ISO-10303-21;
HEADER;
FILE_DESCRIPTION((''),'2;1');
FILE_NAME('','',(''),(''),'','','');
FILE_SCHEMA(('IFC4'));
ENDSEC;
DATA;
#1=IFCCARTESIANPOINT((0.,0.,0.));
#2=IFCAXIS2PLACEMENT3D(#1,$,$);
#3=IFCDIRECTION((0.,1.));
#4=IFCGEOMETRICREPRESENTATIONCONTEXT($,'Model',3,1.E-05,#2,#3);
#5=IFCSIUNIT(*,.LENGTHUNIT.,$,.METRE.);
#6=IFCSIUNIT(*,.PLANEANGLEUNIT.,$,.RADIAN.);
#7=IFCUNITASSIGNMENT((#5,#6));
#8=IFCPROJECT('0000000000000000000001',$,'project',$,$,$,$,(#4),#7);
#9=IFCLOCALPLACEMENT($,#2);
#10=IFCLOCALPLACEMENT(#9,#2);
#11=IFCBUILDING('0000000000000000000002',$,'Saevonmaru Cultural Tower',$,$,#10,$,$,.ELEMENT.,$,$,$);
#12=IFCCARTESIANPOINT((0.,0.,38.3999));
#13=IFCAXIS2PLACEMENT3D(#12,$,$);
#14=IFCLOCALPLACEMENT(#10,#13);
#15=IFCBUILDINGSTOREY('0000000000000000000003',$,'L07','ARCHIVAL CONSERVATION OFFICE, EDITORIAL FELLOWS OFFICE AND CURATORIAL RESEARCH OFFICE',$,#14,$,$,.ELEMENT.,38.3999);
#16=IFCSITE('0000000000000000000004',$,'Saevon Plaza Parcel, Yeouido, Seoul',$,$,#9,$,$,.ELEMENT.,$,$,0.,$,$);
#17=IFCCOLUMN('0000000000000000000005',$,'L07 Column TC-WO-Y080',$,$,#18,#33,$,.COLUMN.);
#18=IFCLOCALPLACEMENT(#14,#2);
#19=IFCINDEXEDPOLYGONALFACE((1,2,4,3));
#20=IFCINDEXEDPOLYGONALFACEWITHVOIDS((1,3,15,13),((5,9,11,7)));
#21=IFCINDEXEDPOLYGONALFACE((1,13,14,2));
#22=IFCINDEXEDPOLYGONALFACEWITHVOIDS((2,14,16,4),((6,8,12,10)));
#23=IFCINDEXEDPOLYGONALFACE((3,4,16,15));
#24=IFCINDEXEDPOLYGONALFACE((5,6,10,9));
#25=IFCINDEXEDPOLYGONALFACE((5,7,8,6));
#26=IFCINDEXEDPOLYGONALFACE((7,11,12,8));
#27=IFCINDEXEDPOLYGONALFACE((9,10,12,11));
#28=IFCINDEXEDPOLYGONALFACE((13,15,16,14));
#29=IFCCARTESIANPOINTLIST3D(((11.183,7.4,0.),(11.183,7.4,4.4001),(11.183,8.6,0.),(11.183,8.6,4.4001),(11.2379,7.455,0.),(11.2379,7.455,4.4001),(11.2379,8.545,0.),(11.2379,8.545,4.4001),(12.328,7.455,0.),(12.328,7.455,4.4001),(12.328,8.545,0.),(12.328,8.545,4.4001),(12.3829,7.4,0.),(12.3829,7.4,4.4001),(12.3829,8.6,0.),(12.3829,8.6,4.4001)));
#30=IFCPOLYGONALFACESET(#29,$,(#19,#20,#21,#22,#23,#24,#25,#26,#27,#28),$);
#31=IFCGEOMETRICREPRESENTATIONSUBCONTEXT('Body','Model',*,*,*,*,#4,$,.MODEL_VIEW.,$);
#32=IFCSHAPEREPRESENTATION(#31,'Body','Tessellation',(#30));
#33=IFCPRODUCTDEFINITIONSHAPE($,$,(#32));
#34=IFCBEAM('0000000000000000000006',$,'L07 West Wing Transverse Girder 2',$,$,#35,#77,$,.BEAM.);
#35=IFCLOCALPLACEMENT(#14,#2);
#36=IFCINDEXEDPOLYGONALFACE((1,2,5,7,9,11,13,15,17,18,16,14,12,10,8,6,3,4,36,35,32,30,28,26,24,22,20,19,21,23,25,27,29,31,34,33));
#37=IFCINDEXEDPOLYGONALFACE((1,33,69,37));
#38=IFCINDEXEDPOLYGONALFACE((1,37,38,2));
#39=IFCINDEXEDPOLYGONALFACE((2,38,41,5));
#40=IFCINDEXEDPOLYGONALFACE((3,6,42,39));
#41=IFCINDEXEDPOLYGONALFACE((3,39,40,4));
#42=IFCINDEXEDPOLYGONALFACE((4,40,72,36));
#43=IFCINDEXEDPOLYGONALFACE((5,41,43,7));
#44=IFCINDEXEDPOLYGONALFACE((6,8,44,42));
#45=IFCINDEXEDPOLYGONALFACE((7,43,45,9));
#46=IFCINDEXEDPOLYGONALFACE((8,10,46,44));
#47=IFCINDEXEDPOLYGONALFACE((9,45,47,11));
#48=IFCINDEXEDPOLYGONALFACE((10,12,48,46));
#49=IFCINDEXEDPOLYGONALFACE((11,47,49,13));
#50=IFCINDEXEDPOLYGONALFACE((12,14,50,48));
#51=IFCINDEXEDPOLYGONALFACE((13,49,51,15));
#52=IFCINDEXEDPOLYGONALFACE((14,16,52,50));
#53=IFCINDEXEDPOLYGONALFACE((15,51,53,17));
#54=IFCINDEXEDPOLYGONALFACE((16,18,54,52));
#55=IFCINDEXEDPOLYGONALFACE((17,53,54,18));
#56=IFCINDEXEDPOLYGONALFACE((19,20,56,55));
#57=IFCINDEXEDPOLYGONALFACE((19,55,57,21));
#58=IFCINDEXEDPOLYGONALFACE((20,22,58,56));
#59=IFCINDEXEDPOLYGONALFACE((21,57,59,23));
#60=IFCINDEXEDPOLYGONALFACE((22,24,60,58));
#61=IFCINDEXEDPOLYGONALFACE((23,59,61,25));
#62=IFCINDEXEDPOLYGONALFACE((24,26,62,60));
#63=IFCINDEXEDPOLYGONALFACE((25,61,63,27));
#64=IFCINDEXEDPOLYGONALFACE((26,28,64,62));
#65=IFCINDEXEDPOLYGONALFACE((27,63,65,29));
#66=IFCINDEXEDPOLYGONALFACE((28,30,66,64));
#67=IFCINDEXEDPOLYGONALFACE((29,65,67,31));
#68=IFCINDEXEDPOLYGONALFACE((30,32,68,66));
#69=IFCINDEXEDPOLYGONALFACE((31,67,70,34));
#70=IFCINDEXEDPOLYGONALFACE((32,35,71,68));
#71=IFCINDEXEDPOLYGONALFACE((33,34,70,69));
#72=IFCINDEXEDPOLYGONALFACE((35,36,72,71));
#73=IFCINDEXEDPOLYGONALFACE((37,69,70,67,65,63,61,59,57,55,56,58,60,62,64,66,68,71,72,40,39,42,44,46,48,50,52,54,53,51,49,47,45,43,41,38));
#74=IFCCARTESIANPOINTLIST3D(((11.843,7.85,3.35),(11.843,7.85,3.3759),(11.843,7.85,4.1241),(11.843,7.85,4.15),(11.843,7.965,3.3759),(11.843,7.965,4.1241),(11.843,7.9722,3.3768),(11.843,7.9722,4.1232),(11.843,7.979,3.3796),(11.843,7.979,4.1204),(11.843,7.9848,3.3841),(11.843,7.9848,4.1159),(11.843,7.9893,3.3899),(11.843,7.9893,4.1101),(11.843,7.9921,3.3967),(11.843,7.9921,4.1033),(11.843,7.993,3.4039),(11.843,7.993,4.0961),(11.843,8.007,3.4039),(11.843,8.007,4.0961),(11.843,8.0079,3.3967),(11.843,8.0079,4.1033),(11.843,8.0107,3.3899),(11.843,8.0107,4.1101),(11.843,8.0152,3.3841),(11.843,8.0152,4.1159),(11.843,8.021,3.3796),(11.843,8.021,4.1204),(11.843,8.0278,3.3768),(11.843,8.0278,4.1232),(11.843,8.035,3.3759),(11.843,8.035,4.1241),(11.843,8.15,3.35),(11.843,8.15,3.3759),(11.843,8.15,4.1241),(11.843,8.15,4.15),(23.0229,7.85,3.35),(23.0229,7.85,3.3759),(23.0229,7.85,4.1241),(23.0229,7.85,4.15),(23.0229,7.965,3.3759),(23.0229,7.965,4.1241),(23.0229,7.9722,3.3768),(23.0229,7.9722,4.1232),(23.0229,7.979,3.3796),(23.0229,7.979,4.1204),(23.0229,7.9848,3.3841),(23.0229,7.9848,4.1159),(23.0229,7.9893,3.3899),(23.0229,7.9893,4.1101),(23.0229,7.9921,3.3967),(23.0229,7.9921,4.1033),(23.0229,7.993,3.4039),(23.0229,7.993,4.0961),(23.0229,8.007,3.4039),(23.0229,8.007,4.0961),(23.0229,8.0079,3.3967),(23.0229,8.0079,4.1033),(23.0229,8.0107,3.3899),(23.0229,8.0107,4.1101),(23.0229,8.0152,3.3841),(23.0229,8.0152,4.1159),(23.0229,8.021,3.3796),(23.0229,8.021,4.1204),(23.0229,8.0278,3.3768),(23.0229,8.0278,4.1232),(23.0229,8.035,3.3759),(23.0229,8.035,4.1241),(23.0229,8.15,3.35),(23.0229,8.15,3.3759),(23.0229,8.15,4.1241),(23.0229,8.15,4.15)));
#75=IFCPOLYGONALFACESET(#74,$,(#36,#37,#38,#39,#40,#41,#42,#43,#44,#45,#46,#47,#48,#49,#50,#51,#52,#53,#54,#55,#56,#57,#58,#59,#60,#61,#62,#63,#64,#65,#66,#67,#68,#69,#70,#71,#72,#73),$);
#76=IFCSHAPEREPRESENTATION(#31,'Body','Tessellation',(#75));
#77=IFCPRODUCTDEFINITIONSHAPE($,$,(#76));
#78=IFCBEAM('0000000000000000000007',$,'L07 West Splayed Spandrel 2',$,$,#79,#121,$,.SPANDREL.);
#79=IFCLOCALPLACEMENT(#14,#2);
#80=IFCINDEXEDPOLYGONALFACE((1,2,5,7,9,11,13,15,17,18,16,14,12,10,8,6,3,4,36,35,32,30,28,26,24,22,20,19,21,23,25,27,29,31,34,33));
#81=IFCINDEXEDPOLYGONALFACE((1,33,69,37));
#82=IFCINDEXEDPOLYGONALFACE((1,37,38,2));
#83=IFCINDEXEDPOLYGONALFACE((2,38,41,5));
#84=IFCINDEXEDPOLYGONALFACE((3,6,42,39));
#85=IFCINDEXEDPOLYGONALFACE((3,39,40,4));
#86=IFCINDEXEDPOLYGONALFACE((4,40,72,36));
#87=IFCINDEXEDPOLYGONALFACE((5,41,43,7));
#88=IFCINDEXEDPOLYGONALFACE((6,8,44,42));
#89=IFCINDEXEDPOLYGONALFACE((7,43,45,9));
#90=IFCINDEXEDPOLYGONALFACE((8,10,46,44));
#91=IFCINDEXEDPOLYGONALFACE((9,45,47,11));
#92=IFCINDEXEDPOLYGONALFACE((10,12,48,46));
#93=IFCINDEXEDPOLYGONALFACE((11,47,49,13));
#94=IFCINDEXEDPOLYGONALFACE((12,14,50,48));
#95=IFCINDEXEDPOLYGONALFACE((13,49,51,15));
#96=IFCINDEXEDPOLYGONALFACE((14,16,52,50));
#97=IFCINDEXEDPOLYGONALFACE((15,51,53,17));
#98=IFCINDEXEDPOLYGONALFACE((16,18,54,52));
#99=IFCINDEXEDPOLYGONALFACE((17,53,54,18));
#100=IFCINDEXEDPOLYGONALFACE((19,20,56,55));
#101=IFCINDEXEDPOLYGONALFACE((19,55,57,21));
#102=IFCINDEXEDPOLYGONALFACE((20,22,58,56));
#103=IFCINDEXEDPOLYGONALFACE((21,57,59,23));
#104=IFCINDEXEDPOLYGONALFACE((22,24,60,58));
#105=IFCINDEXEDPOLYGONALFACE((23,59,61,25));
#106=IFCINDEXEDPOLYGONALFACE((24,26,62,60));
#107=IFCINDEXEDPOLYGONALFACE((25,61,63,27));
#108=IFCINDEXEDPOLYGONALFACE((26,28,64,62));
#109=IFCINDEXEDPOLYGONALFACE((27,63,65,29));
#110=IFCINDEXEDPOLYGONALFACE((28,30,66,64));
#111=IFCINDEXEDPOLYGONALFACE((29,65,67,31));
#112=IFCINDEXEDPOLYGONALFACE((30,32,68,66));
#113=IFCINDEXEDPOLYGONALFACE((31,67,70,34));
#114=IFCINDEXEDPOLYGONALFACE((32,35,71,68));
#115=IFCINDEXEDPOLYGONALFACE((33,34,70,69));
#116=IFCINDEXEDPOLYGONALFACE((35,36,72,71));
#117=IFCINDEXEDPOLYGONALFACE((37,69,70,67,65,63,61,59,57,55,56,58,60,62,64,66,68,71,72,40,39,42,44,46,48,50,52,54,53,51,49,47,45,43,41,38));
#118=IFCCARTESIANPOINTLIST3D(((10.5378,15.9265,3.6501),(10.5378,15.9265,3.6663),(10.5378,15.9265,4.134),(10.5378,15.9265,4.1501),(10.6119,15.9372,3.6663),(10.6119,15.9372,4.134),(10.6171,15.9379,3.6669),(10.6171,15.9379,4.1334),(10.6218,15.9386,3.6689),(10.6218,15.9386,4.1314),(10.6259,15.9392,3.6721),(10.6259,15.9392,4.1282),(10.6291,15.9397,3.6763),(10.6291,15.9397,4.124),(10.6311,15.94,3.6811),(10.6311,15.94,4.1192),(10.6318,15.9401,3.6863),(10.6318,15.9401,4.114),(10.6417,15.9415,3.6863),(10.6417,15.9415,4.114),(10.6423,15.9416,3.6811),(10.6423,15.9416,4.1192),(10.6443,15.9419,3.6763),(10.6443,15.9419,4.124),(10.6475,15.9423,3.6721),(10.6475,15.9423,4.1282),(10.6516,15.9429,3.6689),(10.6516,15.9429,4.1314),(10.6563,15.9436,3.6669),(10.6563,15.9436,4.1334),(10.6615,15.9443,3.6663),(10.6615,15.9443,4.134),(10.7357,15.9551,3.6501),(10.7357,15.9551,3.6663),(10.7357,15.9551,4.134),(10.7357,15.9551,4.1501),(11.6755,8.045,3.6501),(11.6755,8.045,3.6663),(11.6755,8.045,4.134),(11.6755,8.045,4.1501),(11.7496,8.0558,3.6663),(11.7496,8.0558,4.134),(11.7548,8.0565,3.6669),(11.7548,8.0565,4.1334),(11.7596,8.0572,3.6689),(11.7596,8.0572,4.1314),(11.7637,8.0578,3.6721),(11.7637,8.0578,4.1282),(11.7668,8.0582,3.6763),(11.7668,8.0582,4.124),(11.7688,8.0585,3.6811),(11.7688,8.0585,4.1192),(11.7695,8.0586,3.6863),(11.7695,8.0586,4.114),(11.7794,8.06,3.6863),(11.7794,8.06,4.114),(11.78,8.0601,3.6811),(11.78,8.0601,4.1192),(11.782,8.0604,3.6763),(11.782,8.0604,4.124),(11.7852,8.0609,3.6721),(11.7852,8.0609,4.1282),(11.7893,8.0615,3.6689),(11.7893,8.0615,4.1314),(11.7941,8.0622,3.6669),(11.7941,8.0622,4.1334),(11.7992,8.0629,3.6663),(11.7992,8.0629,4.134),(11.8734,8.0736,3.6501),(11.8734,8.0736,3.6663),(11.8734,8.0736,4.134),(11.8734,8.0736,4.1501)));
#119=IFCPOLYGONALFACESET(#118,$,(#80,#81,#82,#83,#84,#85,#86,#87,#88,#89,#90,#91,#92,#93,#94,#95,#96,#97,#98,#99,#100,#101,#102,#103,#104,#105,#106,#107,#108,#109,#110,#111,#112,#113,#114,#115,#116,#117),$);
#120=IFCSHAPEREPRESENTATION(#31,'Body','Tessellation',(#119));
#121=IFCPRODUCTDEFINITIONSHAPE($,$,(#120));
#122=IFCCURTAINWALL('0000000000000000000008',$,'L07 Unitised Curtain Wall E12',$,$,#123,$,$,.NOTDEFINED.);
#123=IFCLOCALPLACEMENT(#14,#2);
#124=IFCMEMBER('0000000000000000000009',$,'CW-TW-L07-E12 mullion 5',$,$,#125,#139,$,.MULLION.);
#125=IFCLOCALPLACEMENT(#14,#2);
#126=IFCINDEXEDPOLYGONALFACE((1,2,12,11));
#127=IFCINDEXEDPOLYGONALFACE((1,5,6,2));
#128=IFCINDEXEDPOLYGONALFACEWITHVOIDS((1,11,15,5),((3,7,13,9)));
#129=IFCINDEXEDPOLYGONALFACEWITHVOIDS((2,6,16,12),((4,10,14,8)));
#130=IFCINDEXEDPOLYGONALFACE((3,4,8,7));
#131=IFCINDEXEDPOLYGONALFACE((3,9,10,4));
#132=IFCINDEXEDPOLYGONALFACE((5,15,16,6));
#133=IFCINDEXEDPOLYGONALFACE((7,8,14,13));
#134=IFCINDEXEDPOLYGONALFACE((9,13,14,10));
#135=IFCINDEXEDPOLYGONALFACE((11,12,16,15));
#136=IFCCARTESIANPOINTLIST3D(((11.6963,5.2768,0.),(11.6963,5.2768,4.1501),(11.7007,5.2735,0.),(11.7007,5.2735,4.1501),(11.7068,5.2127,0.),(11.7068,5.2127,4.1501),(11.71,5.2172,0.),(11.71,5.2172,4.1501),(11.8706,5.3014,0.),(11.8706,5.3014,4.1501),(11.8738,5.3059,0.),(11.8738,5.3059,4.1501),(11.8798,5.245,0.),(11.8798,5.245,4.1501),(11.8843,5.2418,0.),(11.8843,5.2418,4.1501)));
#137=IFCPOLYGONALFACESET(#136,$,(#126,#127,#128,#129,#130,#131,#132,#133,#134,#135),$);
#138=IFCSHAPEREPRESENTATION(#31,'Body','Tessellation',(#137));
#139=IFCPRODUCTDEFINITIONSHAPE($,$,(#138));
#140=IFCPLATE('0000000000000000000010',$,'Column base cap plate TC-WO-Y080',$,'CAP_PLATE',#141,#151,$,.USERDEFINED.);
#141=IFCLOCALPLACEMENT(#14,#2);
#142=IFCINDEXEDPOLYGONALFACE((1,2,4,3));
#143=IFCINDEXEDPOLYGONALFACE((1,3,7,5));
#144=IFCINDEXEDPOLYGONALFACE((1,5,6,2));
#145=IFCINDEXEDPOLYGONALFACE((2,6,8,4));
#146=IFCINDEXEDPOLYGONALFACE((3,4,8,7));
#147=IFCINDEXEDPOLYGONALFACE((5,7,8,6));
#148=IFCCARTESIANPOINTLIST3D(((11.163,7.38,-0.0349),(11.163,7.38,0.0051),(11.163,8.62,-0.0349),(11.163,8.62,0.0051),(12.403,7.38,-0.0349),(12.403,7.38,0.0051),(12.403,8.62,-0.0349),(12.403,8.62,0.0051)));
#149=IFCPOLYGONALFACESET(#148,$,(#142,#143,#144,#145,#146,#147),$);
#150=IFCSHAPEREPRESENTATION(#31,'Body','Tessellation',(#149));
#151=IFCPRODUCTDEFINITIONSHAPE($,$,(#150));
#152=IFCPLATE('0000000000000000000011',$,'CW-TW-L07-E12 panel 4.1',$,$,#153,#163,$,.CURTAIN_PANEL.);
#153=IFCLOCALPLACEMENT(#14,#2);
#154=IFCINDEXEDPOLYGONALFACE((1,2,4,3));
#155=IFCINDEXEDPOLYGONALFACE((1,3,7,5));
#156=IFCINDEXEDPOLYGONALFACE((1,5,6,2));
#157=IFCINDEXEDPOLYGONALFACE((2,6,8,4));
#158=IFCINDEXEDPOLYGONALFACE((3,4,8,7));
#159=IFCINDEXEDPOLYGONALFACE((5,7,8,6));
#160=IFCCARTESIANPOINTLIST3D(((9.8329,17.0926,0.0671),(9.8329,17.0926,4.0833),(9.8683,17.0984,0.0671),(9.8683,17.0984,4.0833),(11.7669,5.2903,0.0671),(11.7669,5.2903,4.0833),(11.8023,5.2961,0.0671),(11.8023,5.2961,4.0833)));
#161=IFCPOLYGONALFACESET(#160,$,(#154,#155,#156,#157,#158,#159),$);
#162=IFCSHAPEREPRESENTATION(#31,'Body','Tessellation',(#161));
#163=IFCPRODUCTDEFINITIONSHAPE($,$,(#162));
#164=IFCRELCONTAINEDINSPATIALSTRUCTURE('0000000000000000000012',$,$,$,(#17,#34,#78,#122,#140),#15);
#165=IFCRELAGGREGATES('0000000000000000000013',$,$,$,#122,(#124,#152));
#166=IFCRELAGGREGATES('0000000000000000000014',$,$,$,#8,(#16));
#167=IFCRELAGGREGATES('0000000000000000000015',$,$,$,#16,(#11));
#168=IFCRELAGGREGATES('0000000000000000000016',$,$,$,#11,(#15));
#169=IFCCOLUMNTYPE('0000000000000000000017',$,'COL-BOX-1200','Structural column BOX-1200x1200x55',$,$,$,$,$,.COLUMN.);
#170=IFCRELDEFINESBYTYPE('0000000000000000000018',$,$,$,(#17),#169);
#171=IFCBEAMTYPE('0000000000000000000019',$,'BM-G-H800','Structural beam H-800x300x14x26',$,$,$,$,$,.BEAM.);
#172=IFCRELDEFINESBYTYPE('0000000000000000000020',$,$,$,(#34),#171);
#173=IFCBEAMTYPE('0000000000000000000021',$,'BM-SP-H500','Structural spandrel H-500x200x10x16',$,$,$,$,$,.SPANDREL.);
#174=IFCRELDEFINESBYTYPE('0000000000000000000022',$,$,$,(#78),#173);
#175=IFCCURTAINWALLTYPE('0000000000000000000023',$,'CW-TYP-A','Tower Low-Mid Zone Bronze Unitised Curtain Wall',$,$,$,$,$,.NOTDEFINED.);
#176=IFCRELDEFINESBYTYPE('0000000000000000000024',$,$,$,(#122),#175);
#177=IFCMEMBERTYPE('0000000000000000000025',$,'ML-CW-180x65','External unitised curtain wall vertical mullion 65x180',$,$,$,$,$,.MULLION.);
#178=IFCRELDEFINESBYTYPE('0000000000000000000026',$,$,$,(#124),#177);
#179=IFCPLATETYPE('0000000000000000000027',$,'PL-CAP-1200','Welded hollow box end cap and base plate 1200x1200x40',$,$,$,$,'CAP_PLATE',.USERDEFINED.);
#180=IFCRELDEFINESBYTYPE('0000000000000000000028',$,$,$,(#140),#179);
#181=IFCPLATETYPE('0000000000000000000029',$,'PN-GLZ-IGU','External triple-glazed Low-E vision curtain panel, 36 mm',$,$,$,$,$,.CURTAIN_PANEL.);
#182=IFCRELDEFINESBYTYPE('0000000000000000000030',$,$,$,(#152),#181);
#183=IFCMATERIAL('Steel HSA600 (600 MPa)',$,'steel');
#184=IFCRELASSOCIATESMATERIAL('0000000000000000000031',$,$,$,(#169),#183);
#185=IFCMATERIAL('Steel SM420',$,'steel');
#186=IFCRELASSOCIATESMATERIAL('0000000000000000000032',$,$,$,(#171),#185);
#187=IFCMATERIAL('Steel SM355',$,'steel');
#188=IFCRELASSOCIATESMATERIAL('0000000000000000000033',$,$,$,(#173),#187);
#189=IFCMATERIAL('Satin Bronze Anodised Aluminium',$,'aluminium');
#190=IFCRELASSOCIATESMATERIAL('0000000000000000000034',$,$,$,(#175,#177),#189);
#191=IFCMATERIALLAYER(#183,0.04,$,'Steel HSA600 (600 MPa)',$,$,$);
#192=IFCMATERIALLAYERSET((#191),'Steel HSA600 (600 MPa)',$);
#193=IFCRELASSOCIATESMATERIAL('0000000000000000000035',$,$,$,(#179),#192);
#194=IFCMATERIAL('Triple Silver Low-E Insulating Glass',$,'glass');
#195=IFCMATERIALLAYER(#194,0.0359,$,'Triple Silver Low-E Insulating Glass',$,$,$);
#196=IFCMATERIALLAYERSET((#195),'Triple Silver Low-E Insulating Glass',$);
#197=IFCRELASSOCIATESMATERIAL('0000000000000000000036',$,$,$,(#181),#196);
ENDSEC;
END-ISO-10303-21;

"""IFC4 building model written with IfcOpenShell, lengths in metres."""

from ifc_helpers import new_model, si_unit, direction, frame, origin, origin_2d, place, context, subcontext, project, spatial, rectangle, hollow_rectangle, i_section, extrude, material, layer, layer_set, material_profile, profile_set, type_object, element, aggregate, save


model = new_model("IFC4")

# Units and contexts
model_context = context("Model", 3, precision=1e-05, world=origin(), true_north=direction((0.0, 1.0)))
body_context = subcontext(model_context, "Body", "Model", "MODEL_VIEW")
ifc_project = project(units=[si_unit("LENGTHUNIT", "METRE"), si_unit("PLANEANGLEUNIT", "RADIAN")], contexts=[model_context])

# Site, building, storey
site_placement = place(None, origin())
site = spatial("IfcSite", under=ifc_project, at=site_placement, Name="Saevon Plaza Parcel, Yeouido, Seoul", CompositionType="ELEMENT", RefElevation=0.0)
building_placement = place(site_placement, origin())
building = spatial("IfcBuilding", under=site, at=building_placement, Name="Saevonmaru Cultural Tower", CompositionType="ELEMENT")
storey_placement = place(building_placement, frame((0.0, 0.0, 38.3999)))
storey = spatial("IfcBuildingStorey", under=building, at=storey_placement, Name="L07", Description="ARCHIVAL CONSERVATION OFFICE, EDITORIAL FELLOWS OFFICE AND CURATORIAL RESEARCH OFFICE", CompositionType="ELEMENT", Elevation=38.3999)

# Column
ifc_material_1 = material(Name="Steel HSA600 (600 MPa)", Category="steel")
ifc_material_profile_1 = material_profile(ifc_material_1, hollow_rectangle(XDim=1.2, YDim=1.2, WallThickness=0.0549, at=origin_2d()), Name="BOX-1200x1200x55")
ifc_profile_set_1 = profile_set([ifc_material_profile_1], Name="Steel HSA600 (600 MPa)")
column_type = type_object("IfcColumnType", Name="COL-BOX-1200", Description="Structural column BOX-1200x1200x55", PredefinedType="COLUMN", material=ifc_profile_set_1)
column_placement = place(storey_placement, frame((11.783, 8.0, 0.0), z_axis=(0.0, 0.0, 1.0), x_axis=(1.0, 0.0, 0.0)))
element("IfcColumn", 1, at=column_placement, inside=storey, type_object=column_type, Name="L07 Column TC-WO-Y080", PredefinedType="COLUMN", context=body_context, shape_type="SweptSolid", body=[
    extrude(hollow_rectangle(XDim=1.2, YDim=1.2, WallThickness=0.0549, at=origin_2d()), origin(), (0.0, 0.0, 1.0), 4.4001),
])

# Beams
ifc_material_2 = material(Name="Steel SM420", Category="steel")
ifc_material_profile_2 = material_profile(ifc_material_2, i_section(OverallWidth=0.3, OverallDepth=0.8, WebThickness=0.0139, FlangeThickness=0.0259, FilletRadius=0.0281, at=origin_2d()), Name="H-800x300x14x26")
ifc_profile_set_2 = profile_set([ifc_material_profile_2], Name="Steel SM420")
beam_type_1 = type_object("IfcBeamType", Name="BM-G-H800", Description="Structural beam H-800x300x14x26", PredefinedType="BEAM", material=ifc_profile_set_2)
beam_1_placement = place(storey_placement, frame((11.843, 8.0, 3.75), z_axis=(1.0, 0.0, 0.0), x_axis=(0.0, 1.0, 0.0)))
element("IfcBeam", 2, at=beam_1_placement, inside=storey, type_object=beam_type_1, Name="L07 West Wing Transverse Girder 2", PredefinedType="BEAM", context=body_context, shape_type="SweptSolid", body=[
    extrude(i_section(OverallWidth=0.3, OverallDepth=0.8, WebThickness=0.0139, FlangeThickness=0.0259, FilletRadius=0.0281, at=origin_2d()), origin(), (0.0, 0.0, 1.0), 11.1799),
])
ifc_material_3 = material(Name="Steel SM355", Category="steel")
ifc_material_profile_3 = material_profile(ifc_material_3, i_section(OverallWidth=0.2, OverallDepth=0.5, WebThickness=0.01, FlangeThickness=0.0161, FilletRadius=0.02, at=origin_2d()), Name="H-500x200x10x16")
ifc_profile_set_3 = profile_set([ifc_material_profile_3], Name="Steel SM355")
beam_type_2 = type_object("IfcBeamType", Name="BM-SP-H500", Description="Structural spandrel H-500x200x10x16", PredefinedType="SPANDREL", material=ifc_profile_set_3)
beam_2_placement = place(storey_placement, frame((11.7744, 8.0593, 3.9001), z_axis=(-0.142872, 0.989741, 0.0), x_axis=(-0.989741, -0.142872, 0.0)))
element("IfcBeam", 3, at=beam_2_placement, inside=storey, type_object=beam_type_2, Name="L07 West Splayed Spandrel 2", PredefinedType="SPANDREL", context=body_context, shape_type="SweptSolid", body=[
    extrude(i_section(OverallWidth=0.2, OverallDepth=0.5, WebThickness=0.01, FlangeThickness=0.0161, FilletRadius=0.02, at=origin_2d()), origin(), (0.0, 0.0, 1.0), 7.9631),
])

# Curtain wall, member
ifc_material_4 = material(Name="Satin Bronze Anodised Aluminium", Category="aluminium")
curtain_wall_type = type_object("IfcCurtainWallType", Name="CW-TYP-A", Description="Tower Low-Mid Zone Bronze Unitised Curtain Wall", PredefinedType="NOTDEFINED", material=ifc_material_4)
curtain_wall_placement = place(storey_placement, origin())
curtain_wall = element("IfcCurtainWall", 4, at=curtain_wall_placement, inside=storey, type_object=curtain_wall_type, Name="L07 Unitised Curtain Wall E12", PredefinedType="NOTDEFINED")
ifc_material_profile_4 = material_profile(ifc_material_4, hollow_rectangle(XDim=0.0649, YDim=0.1799, WallThickness=0.0039, at=origin_2d()), Name="ALU-MULL-180x65x4")
ifc_profile_set_4 = profile_set([ifc_material_profile_4], Name="Satin Bronze Anodised Aluminium")
member_type = type_object("IfcMemberType", Name="ML-CW-180x65", Description="External unitised curtain wall vertical mullion 65x180", PredefinedType="MULLION", material=ifc_profile_set_4)
member_placement = place(storey_placement, frame((11.7903, 5.2593, 0.0), z_axis=(0.0, 0.0, 1.0), x_axis=(0.161709, -0.986839, 0.0)))
member = element("IfcMember", 5, at=member_placement, type_object=member_type, Name="CW-TW-L07-E12 mullion 5", PredefinedType="MULLION", context=body_context, shape_type="SweptSolid", body=[
    extrude(hollow_rectangle(XDim=0.0649, YDim=0.1799, WallThickness=0.0039, at=origin_2d()), origin(), (0.0, 0.0, 1.0), 4.1501),
])

# Plates
ifc_layer_1 = layer(ifc_material_1, 0.04, Name="Steel HSA600 (600 MPa)")
ifc_layer_set_1 = layer_set([ifc_layer_1], Name="Steel HSA600 (600 MPa)")
plate_type_1 = type_object("IfcPlateType", Name="PL-CAP-1200", Description="Welded hollow box end cap and base plate 1200x1200x40", ElementType="CAP_PLATE", PredefinedType="USERDEFINED", material=ifc_layer_set_1)
plate_1_placement = place(storey_placement, frame((11.783, 8.0, -0.0349), z_axis=(0.0, 0.0, 1.0), x_axis=(1.0, 0.0, 0.0)))
element("IfcPlate", 6, at=plate_1_placement, inside=storey, type_object=plate_type_1, Name="Column base cap plate TC-WO-Y080", ObjectType="CAP_PLATE", PredefinedType="USERDEFINED", context=body_context, shape_type="SweptSolid", body=[
    extrude(rectangle(XDim=1.24, YDim=1.24, at=origin_2d()), origin(), (0.0, 0.0, 1.0), 0.04),
])
ifc_material_5 = material(Name="Triple Silver Low-E Insulating Glass", Category="glass")
ifc_layer_2 = layer(ifc_material_5, 0.0359, Name="Triple Silver Low-E Insulating Glass")
ifc_layer_set_2 = layer_set([ifc_layer_2], Name="Triple Silver Low-E Insulating Glass")
plate_type_2 = type_object("IfcPlateType", Name="PN-GLZ-IGU", Description="External triple-glazed Low-E vision curtain panel, 36 mm", PredefinedType="CURTAIN_PANEL", material=ifc_layer_set_2)
plate_2_placement = place(storey_placement, frame((10.8176, 11.1943, 0.0671), z_axis=(0.0, 0.0, 1.0), x_axis=(0.161709, -0.986839, 0.0)))
plate_2 = element("IfcPlate", 7, at=plate_2_placement, type_object=plate_type_2, Name="CW-TW-L07-E12 panel 4.1", PredefinedType="CURTAIN_PANEL", context=body_context, shape_type="SweptSolid", body=[
    extrude(rectangle(XDim=11.9597, YDim=0.0359, at=origin_2d()), origin(), (0.0, 0.0, 1.0), 4.0161),
])
aggregate(curtain_wall, [member, plate_2])

save(model, "model.ifc")
